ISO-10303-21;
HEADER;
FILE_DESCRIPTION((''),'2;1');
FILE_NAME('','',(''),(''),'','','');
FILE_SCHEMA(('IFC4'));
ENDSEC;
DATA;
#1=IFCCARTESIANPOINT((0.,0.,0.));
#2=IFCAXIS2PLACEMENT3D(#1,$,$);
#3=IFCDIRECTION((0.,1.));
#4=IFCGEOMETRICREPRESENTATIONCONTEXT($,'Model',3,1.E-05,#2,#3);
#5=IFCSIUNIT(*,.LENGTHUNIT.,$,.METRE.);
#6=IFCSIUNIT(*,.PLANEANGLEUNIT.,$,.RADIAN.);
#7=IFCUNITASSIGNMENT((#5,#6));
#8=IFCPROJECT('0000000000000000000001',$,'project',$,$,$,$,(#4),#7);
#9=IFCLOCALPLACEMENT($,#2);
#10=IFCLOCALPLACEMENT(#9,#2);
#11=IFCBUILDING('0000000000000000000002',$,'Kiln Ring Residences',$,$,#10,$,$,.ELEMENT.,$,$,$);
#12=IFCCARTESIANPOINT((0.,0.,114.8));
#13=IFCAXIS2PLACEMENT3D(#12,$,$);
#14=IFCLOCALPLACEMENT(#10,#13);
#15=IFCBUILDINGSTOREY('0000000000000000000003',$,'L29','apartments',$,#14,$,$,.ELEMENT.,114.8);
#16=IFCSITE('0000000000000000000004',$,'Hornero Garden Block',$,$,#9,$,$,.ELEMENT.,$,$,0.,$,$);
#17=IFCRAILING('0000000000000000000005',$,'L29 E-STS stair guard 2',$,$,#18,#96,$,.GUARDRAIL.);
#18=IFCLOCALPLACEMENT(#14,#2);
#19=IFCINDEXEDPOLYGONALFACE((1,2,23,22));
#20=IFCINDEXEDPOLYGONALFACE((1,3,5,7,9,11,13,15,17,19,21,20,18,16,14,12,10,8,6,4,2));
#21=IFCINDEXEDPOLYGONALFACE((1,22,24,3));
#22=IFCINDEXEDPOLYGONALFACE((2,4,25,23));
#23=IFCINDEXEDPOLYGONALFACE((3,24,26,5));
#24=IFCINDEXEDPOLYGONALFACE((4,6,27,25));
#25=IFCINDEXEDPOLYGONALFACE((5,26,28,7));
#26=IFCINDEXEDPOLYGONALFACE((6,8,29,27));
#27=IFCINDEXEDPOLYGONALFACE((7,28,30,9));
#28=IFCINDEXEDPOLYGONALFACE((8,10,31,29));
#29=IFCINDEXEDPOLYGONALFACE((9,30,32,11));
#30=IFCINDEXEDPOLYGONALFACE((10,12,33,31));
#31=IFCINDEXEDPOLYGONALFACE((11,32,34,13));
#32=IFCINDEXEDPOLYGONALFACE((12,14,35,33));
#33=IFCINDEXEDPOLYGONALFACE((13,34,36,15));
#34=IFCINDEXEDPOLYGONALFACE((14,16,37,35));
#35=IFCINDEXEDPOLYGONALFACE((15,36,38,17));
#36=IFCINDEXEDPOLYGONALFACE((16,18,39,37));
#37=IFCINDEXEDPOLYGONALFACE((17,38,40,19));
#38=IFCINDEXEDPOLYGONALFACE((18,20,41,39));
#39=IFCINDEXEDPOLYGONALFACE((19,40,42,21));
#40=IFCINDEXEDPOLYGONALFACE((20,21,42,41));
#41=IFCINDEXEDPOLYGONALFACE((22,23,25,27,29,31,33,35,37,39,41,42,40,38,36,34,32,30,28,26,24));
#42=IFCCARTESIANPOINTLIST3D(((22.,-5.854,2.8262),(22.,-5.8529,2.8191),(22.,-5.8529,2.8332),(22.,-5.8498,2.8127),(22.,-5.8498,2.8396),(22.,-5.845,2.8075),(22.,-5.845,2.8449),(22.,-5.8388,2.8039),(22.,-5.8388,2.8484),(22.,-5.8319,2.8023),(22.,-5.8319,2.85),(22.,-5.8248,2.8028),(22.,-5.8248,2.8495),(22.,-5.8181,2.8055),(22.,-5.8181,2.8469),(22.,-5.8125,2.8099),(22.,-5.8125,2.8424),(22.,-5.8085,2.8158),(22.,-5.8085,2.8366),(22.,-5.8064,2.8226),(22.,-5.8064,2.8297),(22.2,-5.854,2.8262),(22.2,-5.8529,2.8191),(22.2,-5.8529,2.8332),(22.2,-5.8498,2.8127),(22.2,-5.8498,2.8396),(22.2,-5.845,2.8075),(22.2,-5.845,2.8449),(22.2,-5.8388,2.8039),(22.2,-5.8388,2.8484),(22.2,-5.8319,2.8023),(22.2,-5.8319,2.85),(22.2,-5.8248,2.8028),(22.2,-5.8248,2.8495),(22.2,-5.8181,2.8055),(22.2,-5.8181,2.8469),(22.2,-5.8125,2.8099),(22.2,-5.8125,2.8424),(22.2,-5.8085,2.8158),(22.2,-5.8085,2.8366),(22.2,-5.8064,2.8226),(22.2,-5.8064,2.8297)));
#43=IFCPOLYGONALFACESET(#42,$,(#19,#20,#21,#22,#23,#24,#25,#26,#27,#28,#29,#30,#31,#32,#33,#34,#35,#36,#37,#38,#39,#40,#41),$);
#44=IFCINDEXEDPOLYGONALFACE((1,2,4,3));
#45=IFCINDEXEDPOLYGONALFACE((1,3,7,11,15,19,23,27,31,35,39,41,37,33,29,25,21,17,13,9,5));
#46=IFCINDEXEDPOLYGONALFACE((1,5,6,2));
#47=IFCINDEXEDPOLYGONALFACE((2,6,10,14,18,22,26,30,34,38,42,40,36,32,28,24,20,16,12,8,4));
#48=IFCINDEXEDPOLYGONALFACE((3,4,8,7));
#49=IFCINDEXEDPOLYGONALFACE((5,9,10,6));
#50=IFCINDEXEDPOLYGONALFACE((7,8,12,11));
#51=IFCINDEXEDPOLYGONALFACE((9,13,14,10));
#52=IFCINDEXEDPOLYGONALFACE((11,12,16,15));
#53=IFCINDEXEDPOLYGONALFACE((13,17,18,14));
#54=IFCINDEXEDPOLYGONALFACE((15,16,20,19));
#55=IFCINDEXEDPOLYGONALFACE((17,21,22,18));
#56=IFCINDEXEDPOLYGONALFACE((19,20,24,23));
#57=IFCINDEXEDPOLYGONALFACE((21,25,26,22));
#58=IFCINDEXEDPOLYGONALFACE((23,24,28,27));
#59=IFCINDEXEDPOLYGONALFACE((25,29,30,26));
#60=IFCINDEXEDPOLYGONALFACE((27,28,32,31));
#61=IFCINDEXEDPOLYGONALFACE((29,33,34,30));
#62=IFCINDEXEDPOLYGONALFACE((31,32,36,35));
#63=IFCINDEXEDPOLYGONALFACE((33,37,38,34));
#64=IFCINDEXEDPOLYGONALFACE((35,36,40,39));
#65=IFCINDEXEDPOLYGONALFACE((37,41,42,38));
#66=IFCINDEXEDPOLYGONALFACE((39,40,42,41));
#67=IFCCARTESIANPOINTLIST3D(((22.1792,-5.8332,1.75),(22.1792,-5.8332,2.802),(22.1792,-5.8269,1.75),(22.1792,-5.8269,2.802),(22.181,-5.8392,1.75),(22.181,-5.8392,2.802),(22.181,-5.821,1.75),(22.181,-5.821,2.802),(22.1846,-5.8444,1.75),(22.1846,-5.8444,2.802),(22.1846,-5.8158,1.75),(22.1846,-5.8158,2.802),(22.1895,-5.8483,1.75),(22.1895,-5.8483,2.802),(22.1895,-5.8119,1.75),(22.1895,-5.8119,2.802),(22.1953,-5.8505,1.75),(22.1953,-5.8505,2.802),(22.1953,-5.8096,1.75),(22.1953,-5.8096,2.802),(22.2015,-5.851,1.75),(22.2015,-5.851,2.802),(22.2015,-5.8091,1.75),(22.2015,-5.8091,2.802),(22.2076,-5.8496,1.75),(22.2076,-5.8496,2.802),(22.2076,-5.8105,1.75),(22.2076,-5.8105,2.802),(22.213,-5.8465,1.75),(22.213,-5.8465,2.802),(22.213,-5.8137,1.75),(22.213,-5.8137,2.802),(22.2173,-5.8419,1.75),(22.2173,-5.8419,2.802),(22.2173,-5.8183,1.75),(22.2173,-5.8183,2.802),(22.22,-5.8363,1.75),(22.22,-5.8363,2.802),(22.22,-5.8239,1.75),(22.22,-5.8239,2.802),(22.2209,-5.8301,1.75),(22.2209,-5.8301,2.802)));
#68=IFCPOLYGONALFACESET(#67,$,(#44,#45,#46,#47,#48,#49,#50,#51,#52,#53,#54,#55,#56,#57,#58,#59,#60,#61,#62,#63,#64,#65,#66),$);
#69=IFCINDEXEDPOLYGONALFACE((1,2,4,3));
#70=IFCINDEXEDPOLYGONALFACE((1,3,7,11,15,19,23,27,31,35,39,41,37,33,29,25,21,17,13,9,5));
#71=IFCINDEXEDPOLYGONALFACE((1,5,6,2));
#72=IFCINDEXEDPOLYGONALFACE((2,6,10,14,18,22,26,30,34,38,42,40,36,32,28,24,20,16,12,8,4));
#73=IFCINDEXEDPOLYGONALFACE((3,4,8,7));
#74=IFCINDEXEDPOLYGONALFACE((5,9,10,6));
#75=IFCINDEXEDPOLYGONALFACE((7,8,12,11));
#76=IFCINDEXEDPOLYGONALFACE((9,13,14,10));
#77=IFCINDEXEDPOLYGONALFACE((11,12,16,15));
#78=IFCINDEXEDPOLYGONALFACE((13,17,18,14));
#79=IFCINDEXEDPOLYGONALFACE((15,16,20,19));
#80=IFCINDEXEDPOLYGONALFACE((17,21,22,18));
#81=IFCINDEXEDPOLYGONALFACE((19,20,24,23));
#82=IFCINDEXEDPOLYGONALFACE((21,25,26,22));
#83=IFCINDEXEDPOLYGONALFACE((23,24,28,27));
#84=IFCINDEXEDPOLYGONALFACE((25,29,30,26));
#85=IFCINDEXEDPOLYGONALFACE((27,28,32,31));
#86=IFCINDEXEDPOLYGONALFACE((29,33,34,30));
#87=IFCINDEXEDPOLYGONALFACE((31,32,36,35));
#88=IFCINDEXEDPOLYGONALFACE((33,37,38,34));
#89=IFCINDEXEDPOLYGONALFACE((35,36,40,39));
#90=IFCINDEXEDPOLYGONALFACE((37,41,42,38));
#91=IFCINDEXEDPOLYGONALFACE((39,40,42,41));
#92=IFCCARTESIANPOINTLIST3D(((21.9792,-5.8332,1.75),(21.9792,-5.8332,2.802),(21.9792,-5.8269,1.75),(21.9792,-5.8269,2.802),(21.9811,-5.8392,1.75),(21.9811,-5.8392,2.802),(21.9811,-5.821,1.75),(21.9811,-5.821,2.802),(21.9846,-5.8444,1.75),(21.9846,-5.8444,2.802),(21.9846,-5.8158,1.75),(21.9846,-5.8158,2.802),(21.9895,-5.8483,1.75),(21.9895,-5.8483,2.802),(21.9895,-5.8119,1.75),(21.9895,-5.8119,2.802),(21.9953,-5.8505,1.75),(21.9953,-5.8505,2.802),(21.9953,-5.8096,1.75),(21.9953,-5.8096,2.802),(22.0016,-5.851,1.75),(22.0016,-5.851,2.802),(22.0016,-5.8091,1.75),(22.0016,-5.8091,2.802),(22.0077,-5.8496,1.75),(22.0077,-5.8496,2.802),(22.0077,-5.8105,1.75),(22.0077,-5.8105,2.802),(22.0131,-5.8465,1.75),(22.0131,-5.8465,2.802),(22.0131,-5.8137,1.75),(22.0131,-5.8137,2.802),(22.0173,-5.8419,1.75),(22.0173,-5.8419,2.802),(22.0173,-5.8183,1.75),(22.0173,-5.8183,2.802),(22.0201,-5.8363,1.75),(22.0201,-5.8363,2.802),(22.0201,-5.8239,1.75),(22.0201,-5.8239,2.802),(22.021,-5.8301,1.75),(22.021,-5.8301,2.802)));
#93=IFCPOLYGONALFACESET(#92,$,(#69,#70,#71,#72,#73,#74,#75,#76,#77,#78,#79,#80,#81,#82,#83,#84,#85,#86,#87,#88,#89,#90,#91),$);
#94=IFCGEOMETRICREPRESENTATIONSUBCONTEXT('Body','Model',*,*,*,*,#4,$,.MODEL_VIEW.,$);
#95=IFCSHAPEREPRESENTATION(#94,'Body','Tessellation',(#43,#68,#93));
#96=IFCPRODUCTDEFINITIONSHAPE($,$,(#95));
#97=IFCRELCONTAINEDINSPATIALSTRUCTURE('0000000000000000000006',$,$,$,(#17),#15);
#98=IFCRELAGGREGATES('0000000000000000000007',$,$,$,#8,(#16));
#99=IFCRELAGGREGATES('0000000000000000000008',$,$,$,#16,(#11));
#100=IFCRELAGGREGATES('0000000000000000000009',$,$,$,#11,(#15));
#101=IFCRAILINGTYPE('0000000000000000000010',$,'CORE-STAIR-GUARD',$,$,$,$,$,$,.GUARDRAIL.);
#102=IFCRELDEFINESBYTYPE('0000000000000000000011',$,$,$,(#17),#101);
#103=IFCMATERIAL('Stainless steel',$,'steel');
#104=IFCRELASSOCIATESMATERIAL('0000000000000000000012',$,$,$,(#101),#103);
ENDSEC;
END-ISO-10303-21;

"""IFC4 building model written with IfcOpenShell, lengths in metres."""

from ifc_helpers import new_model, si_unit, direction, frame, origin, origin_2d, place, context, subcontext, project, spatial, circle, extrude, material, type_object, element, save


model = new_model("IFC4")

# Units and contexts
model_context = context("Model", 3, precision=1e-05, world=origin(), true_north=direction((0.0, 1.0)))
body_context = subcontext(model_context, "Body", "Model", "MODEL_VIEW")
ifc_project = project(units=[si_unit("LENGTHUNIT", "METRE"), si_unit("PLANEANGLEUNIT", "RADIAN")], contexts=[model_context])

# Site, building, storey
site_placement = place(None, origin())
site = spatial("IfcSite", under=ifc_project, at=site_placement, Name="Hornero Garden Block", CompositionType="ELEMENT", RefElevation=0.0)
building_placement = place(site_placement, origin())
building = spatial("IfcBuilding", under=site, at=building_placement, Name="Kiln Ring Residences", CompositionType="ELEMENT")
storey_placement = place(building_placement, frame((0.0, 0.0, 114.8)))
storey = spatial("IfcBuildingStorey", under=building, at=storey_placement, Name="L29", Description="apartments", CompositionType="ELEMENT", Elevation=114.8)

# Railing
ifc_material_1 = material(Name="Stainless steel", Category="steel")
railing_type_1 = type_object("IfcRailingType", Name="CORE-STAIR-GUARD", PredefinedType="GUARDRAIL", material=ifc_material_1)
railing_1_placement = place(storey_placement, frame((22.2, -5.8301, 1.75)))
element("IfcRailing", 1, at=railing_1_placement, inside=storey, type_object=railing_type_1, Name="L29 E-STS stair guard 2", PredefinedType="GUARDRAIL", context=body_context, shape_type="SweptSolid", body=[
    extrude(circle(Radius=0.0239, at=origin_2d()), frame((0.0, 0.0, 1.0762), z_axis=(-1.0, 0.0, 0.0), x_axis=(0.0, -1.0, 0.0)), (0.0, 0.0, 1.0), 0.2),
    extrude(circle(Radius=0.021, at=origin_2d()), origin(), (0.0, 0.0, 1.0), 1.052),
    extrude(circle(Radius=0.021, at=origin_2d()), frame((-0.2, 0.0, 0.0)), (0.0, 0.0, 1.0), 1.052),
])

save(model, "model.ifc")
